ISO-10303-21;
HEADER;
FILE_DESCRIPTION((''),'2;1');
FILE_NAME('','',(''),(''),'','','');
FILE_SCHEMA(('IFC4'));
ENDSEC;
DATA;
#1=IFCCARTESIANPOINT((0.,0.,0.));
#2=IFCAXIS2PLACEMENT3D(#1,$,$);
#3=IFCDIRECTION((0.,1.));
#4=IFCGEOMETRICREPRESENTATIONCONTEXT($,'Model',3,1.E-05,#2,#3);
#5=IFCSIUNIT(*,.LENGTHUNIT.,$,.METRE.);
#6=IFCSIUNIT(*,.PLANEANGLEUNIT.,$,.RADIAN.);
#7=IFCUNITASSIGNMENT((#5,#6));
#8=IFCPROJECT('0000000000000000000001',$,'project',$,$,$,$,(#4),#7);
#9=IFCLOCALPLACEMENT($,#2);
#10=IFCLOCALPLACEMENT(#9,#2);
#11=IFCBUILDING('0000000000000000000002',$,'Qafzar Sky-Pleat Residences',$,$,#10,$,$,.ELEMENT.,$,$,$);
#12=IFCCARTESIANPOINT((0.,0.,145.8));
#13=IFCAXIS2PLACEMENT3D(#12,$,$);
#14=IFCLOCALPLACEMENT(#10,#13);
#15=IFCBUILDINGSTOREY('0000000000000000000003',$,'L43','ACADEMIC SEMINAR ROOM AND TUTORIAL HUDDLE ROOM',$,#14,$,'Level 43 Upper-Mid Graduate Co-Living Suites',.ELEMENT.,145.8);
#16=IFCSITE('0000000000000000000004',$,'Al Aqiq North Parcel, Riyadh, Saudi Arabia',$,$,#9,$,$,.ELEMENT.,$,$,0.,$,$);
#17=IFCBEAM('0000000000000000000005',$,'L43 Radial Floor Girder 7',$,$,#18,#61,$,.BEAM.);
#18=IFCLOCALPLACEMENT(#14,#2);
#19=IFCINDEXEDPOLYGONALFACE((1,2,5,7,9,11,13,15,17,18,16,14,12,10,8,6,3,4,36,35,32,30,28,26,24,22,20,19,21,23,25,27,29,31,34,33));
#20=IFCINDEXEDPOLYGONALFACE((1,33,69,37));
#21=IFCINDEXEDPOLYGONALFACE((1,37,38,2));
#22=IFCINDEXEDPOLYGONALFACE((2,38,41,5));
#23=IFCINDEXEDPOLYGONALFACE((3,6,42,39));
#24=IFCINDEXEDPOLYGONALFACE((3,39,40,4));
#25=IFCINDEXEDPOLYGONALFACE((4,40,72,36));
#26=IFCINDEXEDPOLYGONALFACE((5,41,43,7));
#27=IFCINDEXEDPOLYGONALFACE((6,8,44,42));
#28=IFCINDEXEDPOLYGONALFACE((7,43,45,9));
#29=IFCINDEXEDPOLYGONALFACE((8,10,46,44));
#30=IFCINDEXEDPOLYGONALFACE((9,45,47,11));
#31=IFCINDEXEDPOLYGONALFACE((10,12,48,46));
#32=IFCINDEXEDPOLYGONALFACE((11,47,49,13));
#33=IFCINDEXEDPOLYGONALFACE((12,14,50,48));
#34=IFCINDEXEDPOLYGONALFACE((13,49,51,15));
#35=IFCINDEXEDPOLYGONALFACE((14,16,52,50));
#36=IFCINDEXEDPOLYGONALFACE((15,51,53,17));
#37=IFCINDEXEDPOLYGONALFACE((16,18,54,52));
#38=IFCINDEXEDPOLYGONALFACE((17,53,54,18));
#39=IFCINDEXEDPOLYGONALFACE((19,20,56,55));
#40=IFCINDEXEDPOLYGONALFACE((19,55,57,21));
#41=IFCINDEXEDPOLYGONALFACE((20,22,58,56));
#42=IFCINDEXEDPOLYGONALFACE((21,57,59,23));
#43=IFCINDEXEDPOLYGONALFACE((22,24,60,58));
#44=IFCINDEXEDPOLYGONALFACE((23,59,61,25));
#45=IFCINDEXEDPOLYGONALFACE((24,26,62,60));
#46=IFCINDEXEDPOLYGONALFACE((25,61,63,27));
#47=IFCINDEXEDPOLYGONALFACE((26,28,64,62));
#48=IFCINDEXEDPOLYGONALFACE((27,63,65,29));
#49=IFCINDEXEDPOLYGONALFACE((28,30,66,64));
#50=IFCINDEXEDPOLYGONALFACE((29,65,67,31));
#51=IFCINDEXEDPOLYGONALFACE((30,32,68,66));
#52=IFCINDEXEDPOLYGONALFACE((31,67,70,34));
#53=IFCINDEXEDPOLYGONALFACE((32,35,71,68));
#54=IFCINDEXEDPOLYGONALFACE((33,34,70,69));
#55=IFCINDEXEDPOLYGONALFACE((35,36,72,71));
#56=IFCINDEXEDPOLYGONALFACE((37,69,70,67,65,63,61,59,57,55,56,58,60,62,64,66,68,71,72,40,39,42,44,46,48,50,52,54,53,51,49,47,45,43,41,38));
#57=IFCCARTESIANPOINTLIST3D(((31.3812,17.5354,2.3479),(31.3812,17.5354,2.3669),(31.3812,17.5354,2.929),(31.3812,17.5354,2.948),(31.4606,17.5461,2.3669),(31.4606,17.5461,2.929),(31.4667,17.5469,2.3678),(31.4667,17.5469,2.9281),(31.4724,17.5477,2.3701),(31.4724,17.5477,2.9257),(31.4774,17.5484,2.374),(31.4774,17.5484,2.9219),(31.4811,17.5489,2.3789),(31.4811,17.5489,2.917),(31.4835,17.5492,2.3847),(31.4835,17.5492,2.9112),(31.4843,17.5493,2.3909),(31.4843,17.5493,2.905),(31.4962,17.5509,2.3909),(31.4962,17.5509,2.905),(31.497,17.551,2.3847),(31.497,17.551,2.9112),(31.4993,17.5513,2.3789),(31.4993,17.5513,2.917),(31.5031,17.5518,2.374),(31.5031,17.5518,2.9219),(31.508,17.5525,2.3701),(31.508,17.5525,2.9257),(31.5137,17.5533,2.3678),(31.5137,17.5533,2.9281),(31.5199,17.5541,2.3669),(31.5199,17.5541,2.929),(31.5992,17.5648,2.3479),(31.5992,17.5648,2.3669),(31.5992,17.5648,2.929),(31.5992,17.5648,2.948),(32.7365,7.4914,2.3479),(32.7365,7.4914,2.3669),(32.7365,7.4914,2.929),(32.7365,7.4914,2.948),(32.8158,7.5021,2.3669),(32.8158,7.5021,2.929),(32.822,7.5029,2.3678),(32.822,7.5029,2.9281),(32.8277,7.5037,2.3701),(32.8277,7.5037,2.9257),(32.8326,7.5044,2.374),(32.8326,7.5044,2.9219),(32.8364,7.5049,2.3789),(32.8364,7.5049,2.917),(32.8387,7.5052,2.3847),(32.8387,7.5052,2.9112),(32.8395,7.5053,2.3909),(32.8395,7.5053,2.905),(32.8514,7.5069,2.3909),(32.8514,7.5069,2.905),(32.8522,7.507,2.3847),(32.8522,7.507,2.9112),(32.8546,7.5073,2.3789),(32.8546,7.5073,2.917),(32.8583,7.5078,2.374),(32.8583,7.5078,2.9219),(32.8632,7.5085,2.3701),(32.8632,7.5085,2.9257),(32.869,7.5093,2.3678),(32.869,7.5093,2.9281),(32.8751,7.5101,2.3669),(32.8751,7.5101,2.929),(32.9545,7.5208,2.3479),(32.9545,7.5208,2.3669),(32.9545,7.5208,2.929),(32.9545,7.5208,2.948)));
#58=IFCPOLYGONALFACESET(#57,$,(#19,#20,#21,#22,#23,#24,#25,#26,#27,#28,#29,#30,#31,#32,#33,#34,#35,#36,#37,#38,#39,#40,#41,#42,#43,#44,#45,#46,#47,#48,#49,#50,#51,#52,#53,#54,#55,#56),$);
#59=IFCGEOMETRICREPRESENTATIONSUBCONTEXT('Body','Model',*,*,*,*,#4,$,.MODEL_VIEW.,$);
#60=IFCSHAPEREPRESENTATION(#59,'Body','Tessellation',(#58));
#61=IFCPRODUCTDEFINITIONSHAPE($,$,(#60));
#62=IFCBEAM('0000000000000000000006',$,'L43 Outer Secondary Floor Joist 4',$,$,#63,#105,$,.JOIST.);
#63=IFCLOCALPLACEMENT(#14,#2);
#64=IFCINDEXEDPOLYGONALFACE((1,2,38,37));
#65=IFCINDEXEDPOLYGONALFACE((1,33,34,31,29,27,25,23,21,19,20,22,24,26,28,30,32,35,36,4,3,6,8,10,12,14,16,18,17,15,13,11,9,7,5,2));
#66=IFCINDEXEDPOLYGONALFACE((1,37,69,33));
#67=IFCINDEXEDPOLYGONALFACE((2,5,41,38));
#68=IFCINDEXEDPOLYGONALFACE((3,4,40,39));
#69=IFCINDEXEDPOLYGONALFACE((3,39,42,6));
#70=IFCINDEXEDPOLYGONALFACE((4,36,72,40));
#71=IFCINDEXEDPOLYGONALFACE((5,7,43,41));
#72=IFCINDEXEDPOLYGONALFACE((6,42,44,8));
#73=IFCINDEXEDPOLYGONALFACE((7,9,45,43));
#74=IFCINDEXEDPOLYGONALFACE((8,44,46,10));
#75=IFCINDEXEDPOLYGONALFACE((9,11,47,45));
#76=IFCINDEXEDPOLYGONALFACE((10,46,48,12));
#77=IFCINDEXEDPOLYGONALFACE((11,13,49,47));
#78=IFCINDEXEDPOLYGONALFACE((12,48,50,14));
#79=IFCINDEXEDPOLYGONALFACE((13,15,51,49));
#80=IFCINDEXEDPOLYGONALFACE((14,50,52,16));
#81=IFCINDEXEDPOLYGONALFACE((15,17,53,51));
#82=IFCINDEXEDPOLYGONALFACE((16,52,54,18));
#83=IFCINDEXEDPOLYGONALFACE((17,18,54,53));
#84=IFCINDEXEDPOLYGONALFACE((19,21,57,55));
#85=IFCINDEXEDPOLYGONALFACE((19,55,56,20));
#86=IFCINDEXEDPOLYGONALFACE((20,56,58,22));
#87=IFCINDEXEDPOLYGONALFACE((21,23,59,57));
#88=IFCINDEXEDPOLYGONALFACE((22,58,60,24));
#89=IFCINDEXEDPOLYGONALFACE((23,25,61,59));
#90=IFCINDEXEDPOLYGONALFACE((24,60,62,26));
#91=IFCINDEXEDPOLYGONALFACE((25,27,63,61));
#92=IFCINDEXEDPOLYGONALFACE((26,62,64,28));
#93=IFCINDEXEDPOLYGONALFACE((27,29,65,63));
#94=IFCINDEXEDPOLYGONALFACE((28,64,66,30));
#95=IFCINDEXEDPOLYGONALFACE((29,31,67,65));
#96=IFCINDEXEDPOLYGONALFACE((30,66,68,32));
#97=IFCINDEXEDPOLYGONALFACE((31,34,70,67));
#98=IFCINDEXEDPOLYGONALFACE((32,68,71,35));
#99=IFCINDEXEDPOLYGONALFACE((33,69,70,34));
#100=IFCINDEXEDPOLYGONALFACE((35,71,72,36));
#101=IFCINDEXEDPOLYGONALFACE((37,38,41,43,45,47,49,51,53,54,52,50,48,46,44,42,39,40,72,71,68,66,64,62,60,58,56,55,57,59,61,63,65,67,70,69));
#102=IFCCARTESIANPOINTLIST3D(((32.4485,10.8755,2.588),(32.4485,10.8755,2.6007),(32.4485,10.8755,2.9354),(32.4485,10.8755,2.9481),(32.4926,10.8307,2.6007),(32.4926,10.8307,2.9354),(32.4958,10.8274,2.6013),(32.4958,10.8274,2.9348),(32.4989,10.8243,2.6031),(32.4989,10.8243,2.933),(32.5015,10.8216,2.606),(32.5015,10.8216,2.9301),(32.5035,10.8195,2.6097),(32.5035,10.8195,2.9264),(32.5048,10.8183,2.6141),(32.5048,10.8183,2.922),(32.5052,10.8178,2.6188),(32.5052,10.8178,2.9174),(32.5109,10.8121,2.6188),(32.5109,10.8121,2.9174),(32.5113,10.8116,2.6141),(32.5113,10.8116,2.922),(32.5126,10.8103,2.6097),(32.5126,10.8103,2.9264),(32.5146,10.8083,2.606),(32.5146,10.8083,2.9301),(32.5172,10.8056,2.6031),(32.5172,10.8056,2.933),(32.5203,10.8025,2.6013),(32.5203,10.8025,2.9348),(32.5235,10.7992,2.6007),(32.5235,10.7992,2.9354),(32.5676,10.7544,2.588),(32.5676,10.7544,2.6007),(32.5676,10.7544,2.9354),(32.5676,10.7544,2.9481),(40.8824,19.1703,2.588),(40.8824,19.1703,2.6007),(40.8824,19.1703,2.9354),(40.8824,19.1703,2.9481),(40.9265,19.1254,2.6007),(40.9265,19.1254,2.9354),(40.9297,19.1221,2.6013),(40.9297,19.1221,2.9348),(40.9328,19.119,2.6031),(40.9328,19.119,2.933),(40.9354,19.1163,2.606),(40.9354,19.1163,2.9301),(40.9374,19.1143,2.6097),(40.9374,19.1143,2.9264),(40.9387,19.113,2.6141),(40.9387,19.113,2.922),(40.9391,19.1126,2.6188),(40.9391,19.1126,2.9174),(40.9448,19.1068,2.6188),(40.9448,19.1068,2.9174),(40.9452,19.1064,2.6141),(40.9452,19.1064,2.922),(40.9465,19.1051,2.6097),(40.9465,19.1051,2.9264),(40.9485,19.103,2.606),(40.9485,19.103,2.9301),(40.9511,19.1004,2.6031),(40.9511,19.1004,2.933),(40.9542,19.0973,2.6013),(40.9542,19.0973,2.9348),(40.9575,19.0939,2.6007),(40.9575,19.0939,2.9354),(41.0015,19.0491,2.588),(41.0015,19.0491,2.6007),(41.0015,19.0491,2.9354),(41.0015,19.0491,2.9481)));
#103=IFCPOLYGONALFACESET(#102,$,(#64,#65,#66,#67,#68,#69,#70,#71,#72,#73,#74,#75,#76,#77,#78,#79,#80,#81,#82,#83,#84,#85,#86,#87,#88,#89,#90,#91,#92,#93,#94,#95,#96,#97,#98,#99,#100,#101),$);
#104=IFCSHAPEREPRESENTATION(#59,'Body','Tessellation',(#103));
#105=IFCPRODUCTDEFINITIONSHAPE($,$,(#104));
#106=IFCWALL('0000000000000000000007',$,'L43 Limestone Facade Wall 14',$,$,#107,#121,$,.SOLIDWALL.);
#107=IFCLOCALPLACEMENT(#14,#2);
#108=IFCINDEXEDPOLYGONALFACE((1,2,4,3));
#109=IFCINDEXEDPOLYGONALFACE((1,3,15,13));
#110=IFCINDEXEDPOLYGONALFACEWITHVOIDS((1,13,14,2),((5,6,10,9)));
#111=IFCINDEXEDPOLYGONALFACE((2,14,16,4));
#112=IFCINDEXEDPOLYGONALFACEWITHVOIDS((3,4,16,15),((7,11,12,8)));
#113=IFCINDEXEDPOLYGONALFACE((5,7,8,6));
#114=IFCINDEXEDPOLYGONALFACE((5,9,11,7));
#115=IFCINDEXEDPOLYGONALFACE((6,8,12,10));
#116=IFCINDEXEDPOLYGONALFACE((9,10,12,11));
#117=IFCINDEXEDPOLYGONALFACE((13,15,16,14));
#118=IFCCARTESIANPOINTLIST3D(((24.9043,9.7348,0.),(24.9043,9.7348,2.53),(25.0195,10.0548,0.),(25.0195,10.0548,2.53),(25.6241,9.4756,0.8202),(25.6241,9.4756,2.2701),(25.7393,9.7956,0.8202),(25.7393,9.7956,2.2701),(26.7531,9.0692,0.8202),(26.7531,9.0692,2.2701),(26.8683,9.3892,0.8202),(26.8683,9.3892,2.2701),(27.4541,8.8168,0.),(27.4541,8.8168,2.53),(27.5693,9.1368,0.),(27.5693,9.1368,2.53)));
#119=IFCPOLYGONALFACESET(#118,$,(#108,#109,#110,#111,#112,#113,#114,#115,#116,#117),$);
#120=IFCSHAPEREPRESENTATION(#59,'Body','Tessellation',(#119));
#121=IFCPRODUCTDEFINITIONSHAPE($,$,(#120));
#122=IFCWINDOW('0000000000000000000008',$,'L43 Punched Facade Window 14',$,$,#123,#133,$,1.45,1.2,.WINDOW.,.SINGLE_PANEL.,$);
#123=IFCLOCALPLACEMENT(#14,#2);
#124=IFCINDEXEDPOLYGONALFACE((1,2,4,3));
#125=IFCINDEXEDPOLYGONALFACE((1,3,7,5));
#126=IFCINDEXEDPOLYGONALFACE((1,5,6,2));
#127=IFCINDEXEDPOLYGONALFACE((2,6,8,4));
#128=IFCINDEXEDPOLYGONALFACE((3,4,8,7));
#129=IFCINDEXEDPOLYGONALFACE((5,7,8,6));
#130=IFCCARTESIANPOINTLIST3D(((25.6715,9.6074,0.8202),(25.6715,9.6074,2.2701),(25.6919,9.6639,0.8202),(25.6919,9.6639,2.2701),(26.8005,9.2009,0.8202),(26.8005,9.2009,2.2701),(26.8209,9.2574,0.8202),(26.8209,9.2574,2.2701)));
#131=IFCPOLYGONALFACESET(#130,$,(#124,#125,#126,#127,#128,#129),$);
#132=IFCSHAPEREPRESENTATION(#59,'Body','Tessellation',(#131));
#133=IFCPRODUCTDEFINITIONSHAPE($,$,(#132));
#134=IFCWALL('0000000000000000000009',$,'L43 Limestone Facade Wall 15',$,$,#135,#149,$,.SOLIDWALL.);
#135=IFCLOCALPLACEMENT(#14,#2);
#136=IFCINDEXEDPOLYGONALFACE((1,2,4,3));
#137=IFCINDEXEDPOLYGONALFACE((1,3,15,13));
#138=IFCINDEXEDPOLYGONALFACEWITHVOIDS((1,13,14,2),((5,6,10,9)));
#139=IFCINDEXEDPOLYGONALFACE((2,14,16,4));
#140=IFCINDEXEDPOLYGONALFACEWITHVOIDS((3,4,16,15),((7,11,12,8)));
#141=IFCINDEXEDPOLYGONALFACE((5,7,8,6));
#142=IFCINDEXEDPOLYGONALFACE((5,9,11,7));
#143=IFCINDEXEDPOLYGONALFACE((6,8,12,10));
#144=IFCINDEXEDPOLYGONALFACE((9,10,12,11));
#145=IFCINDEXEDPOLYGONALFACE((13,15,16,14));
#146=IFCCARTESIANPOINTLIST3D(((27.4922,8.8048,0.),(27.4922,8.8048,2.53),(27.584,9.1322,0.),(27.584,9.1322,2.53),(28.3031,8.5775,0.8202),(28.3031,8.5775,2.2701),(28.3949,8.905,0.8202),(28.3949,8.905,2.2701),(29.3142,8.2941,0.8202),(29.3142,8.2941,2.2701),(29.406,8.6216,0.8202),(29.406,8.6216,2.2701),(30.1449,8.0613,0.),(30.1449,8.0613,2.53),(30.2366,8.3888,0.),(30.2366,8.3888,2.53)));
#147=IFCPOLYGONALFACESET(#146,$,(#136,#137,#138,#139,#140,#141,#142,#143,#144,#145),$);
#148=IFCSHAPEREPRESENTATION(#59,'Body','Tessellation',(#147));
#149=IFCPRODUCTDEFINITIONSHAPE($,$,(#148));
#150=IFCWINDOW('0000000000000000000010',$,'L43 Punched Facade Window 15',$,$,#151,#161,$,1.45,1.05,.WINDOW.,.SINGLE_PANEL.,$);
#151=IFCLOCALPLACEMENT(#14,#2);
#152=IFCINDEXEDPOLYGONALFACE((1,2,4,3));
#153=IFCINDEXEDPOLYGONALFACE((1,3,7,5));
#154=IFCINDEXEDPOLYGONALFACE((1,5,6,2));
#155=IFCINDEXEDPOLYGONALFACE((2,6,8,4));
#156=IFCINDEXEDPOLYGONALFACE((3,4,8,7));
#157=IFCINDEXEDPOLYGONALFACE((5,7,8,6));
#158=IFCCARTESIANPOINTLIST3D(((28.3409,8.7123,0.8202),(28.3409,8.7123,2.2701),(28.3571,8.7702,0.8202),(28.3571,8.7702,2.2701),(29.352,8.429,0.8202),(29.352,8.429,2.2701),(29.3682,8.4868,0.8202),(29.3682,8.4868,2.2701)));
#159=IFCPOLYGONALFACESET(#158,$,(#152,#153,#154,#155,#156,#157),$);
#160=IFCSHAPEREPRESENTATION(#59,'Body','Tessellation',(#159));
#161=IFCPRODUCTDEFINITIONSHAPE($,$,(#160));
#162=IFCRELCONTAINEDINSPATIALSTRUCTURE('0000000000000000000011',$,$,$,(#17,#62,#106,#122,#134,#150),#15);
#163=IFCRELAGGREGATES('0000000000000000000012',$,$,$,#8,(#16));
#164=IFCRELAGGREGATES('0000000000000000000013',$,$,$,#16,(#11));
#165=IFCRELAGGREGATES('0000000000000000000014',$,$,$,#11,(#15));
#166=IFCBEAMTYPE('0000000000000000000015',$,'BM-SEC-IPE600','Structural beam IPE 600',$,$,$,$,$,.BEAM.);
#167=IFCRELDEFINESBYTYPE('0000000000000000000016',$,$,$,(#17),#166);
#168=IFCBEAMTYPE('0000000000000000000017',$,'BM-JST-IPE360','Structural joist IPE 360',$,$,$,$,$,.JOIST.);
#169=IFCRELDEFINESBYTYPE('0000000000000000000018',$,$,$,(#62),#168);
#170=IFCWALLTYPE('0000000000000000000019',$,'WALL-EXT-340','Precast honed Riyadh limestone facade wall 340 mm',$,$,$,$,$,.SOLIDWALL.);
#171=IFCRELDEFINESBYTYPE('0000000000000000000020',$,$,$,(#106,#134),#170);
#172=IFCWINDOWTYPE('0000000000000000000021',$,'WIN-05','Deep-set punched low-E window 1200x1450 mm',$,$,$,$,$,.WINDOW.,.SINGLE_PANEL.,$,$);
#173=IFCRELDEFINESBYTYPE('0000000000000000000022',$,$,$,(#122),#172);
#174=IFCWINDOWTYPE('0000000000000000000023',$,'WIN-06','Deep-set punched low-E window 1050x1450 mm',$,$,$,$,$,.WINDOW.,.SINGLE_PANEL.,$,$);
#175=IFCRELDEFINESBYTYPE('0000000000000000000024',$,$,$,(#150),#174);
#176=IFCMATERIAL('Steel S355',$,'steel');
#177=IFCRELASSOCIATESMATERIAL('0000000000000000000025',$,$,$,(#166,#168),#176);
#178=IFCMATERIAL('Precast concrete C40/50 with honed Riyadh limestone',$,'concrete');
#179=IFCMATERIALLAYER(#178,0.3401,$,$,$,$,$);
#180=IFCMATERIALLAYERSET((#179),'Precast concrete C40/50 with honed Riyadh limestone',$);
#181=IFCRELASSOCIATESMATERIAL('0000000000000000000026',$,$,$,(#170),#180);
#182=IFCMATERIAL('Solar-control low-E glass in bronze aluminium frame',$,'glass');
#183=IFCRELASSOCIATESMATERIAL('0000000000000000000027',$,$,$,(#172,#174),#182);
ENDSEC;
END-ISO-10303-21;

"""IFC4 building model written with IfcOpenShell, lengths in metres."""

from ifc_helpers import new_model, si_unit, direction, frame, frame_2d, origin, origin_2d, place, context, subcontext, project, spatial, rectangle, i_section, extrude, source, transform, mapped, material, layer, layer_set, material_profile, profile_set, type_object, element, fill, save


model = new_model("IFC4")

# Units and contexts
model_context = context("Model", 3, precision=1e-05, world=origin(), true_north=direction((0.0, 1.0)))
body_context = subcontext(model_context, "Body", "Model", "MODEL_VIEW")
ifc_project = project(units=[si_unit("LENGTHUNIT", "METRE"), si_unit("PLANEANGLEUNIT", "RADIAN")], contexts=[model_context])

# Site, building, storey
site_placement = place(None, origin())
site = spatial("IfcSite", under=ifc_project, at=site_placement, Name="Al Aqiq North Parcel, Riyadh, Saudi Arabia", CompositionType="ELEMENT", RefElevation=0.0)
building_placement = place(site_placement, origin())
building = spatial("IfcBuilding", under=site, at=building_placement, Name="Qafzar Sky-Pleat Residences", CompositionType="ELEMENT")
storey_placement = place(building_placement, frame((0.0, 0.0, 145.8)))
storey = spatial("IfcBuildingStorey", under=building, at=storey_placement, Name="L43", Description="ACADEMIC SEMINAR ROOM AND TUTORIAL HUDDLE ROOM", LongName="Level 43 Upper-Mid Graduate Co-Living Suites", CompositionType="ELEMENT", Elevation=145.8)

# Shared definitions
ifc_material_1 = material(Name="Steel S355", Category="steel")

# Beams
ifc_material_profile_1 = material_profile(ifc_material_1, i_section(OverallWidth=0.22, OverallDepth=0.6001, WebThickness=0.012, FlangeThickness=0.019, FilletRadius=0.0239, at=origin_2d()), Name="IPE 600")
ifc_profile_set_1 = profile_set([ifc_material_profile_1], Name="Steel S355")
beam_type_1 = type_object("IfcBeamType", Name="BM-SEC-IPE600", Description="Structural beam IPE 600", PredefinedType="BEAM", material=ifc_profile_set_1)
shared_shape_1 = source(origin(), body_context, "Body", "SweptSolid", [
    extrude(i_section(OverallWidth=0.22, OverallDepth=0.6001, WebThickness=0.012, FlangeThickness=0.019, FilletRadius=0.0239, at=origin_2d()), origin(), (0.0, 0.0, 1.0), 10.135),
])
beam_1_placement = place(storey_placement, frame((32.8455, 7.5061, 2.6479), z_axis=(-0.133718, 0.991019, 0.0), x_axis=(-0.991019, -0.133718, 0.0)))
element("IfcBeam", 1, at=beam_1_placement, inside=storey, type_object=beam_type_1, Name="L43 Radial Floor Girder 7", PredefinedType="BEAM", context=body_context, shape_type="MappedRepresentation", body=[
    mapped(shared_shape_1, transform((0.0, 0.0, 0.0), x_axis=(1.0, 0.0, 0.0), y_axis=(0.0, 1.0, 0.0), z_axis=(0.0, 0.0, 1.0), scale=1.0)),
])
ifc_material_profile_2 = material_profile(ifc_material_1, i_section(OverallWidth=0.1699, OverallDepth=0.3601, WebThickness=0.0081, FlangeThickness=0.0127, FilletRadius=0.0181, at=origin_2d()), Name="IPE 360")
ifc_profile_set_2 = profile_set([ifc_material_profile_2], Name="Steel S355")
beam_type_2 = type_object("IfcBeamType", Name="BM-JST-IPE360", Description="Structural joist IPE 360", PredefinedType="JOIST", material=ifc_profile_set_2)
shared_shape_2 = source(origin(), body_context, "Body", "SweptSolid", [
    extrude(i_section(OverallWidth=0.1699, OverallDepth=0.3601, WebThickness=0.0081, FlangeThickness=0.0127, FilletRadius=0.0181, at=origin_2d()), origin(), (0.0, 0.0, 1.0), 11.8293),
])
beam_2_placement = place(storey_placement, frame((32.5081, 10.8149, 2.7681), z_axis=(0.712964, 0.7012, 0.0), x_axis=(-0.7012, 0.712964, 0.0)))
element("IfcBeam", 2, at=beam_2_placement, inside=storey, type_object=beam_type_2, Name="L43 Outer Secondary Floor Joist 4", PredefinedType="JOIST", context=body_context, shape_type="MappedRepresentation", body=[
    mapped(shared_shape_2, transform((0.0, 0.0, 0.0), x_axis=(1.0, 0.0, 0.0), y_axis=(0.0, 1.0, 0.0), z_axis=(0.0, 0.0, 1.0), scale=1.0)),
])

# Walls, openings, windows
ifc_material_2 = material(Name="Precast concrete C40/50 with honed Riyadh limestone", Category="concrete")
ifc_layer_1 = layer(ifc_material_2, 0.3401)
ifc_layer_set_1 = layer_set([ifc_layer_1], Name="Precast concrete C40/50 with honed Riyadh limestone")
wall_type_1 = type_object("IfcWallType", Name="WALL-EXT-340", Description="Precast honed Riyadh limestone facade wall 340 mm", PredefinedType="SOLIDWALL", material=ifc_layer_set_1)
wall_1_placement = place(storey_placement, frame((24.9619, 9.8948, 0.0), z_axis=(0.0, 0.0, 1.0), x_axis=(0.940883, -0.338732, 0.0)))
wall_1 = element("IfcWall", 3, at=wall_1_placement, inside=storey, type_object=wall_type_1, Name="L43 Limestone Facade Wall 14", PredefinedType="SOLIDWALL", context=body_context, shape_type="SweptSolid", body=[
    extrude(rectangle(XDim=2.71, YDim=0.3401, at=frame_2d((1.355, 0.0))), origin(), (0.0, 0.0, 1.0), 2.53),
])
opening_1_placement = place(wall_1_placement, frame((0.7649, 0.0, 0.8201)))
opening_1 = element("IfcOpeningElement", 4, at=opening_1_placement, cuts=wall_1, PredefinedType="OPENING", context=body_context, shape_type="SweptSolid", body=[
    extrude(rectangle(XDim=1.2, YDim=1.45, at=frame_2d((0.6001, 0.7251))), frame((0.0, 0.1802, 0.0), z_axis=(0.0, -1.0, 0.0), x_axis=(1.0, 0.0, 0.0)), (0.0, 0.0, 1.0), 0.3601),
])
ifc_material_3 = material(Name="Solar-control low-E glass in bronze aluminium frame", Category="glass")
window_type_1 = type_object("IfcWindowType", Name="WIN-05", Description="Deep-set punched low-E window 1200x1450 mm", PartitioningType="SINGLE_PANEL", PredefinedType="WINDOW", material=ifc_material_3)
shared_shape_3 = source(origin(), body_context, "Body", "SweptSolid", [
    extrude(rectangle(XDim=1.2, YDim=1.45, at=frame_2d((0.6001, 0.7251))), frame((0.0, 0.03, 0.0), z_axis=(0.0, -1.0, 0.0), x_axis=(1.0, 0.0, 0.0)), (0.0, 0.0, 1.0), 0.0601),
])
window_1_placement = place(opening_1_placement, origin())
window_1 = element("IfcWindow", 5, at=window_1_placement, inside=storey, type_object=window_type_1, Name="L43 Punched Facade Window 14", OverallHeight=1.45, OverallWidth=1.2, PartitioningType="SINGLE_PANEL", PredefinedType="WINDOW", context=body_context, shape_type="MappedRepresentation", body=[
    mapped(shared_shape_3, transform((0.0, 0.0, 0.0), x_axis=(1.0, 0.0, 0.0), y_axis=(0.0, 1.0, 0.0), z_axis=(0.0, 0.0, 1.0), scale=1.0)),
])
fill(opening_1, window_1)
wall_2_placement = place(storey_placement, frame((27.5381, 8.9685, 0.0), z_axis=(0.0, 0.0, 1.0), x_axis=(0.9629, -0.26986, 0.0)))
wall_2 = element("IfcWall", 6, at=wall_2_placement, inside=storey, type_object=wall_type_1, Name="L43 Limestone Facade Wall 15", PredefinedType="SOLIDWALL", context=body_context, shape_type="SweptSolid", body=[
    extrude(rectangle(XDim=2.7549, YDim=0.3401, at=frame_2d((1.3774, 0.0))), origin(), (0.0, 0.0, 1.0), 2.53),
])
opening_2_placement = place(wall_2_placement, frame((0.8423, 0.0, 0.8201)))
opening_2 = element("IfcOpeningElement", 7, at=opening_2_placement, cuts=wall_2, PredefinedType="OPENING", context=body_context, shape_type="SweptSolid", body=[
    extrude(rectangle(XDim=1.05, YDim=1.45, at=frame_2d((0.5249, 0.7251))), frame((0.0, 0.1802, 0.0), z_axis=(0.0, -1.0, 0.0), x_axis=(1.0, 0.0, 0.0)), (0.0, 0.0, 1.0), 0.3601),
])
window_type_2 = type_object("IfcWindowType", Name="WIN-06", Description="Deep-set punched low-E window 1050x1450 mm", PartitioningType="SINGLE_PANEL", PredefinedType="WINDOW", material=ifc_material_3)
shared_shape_4 = source(origin(), body_context, "Body", "SweptSolid", [
    extrude(rectangle(XDim=1.05, YDim=1.45, at=frame_2d((0.5249, 0.7251))), frame((0.0, 0.03, 0.0), z_axis=(0.0, -1.0, 0.0), x_axis=(1.0, 0.0, 0.0)), (0.0, 0.0, 1.0), 0.0601),
])
window_2_placement = place(opening_2_placement, origin())
window_2 = element("IfcWindow", 8, at=window_2_placement, inside=storey, type_object=window_type_2, Name="L43 Punched Facade Window 15", OverallHeight=1.45, OverallWidth=1.05, PartitioningType="SINGLE_PANEL", PredefinedType="WINDOW", context=body_context, shape_type="MappedRepresentation", body=[
    mapped(shared_shape_4, transform((0.0, 0.0, 0.0), x_axis=(1.0, 0.0, 0.0), y_axis=(0.0, 1.0, 0.0), z_axis=(0.0, 0.0, 1.0), scale=1.0)),
])
fill(opening_2, window_2)

save(model, "model.ifc")
